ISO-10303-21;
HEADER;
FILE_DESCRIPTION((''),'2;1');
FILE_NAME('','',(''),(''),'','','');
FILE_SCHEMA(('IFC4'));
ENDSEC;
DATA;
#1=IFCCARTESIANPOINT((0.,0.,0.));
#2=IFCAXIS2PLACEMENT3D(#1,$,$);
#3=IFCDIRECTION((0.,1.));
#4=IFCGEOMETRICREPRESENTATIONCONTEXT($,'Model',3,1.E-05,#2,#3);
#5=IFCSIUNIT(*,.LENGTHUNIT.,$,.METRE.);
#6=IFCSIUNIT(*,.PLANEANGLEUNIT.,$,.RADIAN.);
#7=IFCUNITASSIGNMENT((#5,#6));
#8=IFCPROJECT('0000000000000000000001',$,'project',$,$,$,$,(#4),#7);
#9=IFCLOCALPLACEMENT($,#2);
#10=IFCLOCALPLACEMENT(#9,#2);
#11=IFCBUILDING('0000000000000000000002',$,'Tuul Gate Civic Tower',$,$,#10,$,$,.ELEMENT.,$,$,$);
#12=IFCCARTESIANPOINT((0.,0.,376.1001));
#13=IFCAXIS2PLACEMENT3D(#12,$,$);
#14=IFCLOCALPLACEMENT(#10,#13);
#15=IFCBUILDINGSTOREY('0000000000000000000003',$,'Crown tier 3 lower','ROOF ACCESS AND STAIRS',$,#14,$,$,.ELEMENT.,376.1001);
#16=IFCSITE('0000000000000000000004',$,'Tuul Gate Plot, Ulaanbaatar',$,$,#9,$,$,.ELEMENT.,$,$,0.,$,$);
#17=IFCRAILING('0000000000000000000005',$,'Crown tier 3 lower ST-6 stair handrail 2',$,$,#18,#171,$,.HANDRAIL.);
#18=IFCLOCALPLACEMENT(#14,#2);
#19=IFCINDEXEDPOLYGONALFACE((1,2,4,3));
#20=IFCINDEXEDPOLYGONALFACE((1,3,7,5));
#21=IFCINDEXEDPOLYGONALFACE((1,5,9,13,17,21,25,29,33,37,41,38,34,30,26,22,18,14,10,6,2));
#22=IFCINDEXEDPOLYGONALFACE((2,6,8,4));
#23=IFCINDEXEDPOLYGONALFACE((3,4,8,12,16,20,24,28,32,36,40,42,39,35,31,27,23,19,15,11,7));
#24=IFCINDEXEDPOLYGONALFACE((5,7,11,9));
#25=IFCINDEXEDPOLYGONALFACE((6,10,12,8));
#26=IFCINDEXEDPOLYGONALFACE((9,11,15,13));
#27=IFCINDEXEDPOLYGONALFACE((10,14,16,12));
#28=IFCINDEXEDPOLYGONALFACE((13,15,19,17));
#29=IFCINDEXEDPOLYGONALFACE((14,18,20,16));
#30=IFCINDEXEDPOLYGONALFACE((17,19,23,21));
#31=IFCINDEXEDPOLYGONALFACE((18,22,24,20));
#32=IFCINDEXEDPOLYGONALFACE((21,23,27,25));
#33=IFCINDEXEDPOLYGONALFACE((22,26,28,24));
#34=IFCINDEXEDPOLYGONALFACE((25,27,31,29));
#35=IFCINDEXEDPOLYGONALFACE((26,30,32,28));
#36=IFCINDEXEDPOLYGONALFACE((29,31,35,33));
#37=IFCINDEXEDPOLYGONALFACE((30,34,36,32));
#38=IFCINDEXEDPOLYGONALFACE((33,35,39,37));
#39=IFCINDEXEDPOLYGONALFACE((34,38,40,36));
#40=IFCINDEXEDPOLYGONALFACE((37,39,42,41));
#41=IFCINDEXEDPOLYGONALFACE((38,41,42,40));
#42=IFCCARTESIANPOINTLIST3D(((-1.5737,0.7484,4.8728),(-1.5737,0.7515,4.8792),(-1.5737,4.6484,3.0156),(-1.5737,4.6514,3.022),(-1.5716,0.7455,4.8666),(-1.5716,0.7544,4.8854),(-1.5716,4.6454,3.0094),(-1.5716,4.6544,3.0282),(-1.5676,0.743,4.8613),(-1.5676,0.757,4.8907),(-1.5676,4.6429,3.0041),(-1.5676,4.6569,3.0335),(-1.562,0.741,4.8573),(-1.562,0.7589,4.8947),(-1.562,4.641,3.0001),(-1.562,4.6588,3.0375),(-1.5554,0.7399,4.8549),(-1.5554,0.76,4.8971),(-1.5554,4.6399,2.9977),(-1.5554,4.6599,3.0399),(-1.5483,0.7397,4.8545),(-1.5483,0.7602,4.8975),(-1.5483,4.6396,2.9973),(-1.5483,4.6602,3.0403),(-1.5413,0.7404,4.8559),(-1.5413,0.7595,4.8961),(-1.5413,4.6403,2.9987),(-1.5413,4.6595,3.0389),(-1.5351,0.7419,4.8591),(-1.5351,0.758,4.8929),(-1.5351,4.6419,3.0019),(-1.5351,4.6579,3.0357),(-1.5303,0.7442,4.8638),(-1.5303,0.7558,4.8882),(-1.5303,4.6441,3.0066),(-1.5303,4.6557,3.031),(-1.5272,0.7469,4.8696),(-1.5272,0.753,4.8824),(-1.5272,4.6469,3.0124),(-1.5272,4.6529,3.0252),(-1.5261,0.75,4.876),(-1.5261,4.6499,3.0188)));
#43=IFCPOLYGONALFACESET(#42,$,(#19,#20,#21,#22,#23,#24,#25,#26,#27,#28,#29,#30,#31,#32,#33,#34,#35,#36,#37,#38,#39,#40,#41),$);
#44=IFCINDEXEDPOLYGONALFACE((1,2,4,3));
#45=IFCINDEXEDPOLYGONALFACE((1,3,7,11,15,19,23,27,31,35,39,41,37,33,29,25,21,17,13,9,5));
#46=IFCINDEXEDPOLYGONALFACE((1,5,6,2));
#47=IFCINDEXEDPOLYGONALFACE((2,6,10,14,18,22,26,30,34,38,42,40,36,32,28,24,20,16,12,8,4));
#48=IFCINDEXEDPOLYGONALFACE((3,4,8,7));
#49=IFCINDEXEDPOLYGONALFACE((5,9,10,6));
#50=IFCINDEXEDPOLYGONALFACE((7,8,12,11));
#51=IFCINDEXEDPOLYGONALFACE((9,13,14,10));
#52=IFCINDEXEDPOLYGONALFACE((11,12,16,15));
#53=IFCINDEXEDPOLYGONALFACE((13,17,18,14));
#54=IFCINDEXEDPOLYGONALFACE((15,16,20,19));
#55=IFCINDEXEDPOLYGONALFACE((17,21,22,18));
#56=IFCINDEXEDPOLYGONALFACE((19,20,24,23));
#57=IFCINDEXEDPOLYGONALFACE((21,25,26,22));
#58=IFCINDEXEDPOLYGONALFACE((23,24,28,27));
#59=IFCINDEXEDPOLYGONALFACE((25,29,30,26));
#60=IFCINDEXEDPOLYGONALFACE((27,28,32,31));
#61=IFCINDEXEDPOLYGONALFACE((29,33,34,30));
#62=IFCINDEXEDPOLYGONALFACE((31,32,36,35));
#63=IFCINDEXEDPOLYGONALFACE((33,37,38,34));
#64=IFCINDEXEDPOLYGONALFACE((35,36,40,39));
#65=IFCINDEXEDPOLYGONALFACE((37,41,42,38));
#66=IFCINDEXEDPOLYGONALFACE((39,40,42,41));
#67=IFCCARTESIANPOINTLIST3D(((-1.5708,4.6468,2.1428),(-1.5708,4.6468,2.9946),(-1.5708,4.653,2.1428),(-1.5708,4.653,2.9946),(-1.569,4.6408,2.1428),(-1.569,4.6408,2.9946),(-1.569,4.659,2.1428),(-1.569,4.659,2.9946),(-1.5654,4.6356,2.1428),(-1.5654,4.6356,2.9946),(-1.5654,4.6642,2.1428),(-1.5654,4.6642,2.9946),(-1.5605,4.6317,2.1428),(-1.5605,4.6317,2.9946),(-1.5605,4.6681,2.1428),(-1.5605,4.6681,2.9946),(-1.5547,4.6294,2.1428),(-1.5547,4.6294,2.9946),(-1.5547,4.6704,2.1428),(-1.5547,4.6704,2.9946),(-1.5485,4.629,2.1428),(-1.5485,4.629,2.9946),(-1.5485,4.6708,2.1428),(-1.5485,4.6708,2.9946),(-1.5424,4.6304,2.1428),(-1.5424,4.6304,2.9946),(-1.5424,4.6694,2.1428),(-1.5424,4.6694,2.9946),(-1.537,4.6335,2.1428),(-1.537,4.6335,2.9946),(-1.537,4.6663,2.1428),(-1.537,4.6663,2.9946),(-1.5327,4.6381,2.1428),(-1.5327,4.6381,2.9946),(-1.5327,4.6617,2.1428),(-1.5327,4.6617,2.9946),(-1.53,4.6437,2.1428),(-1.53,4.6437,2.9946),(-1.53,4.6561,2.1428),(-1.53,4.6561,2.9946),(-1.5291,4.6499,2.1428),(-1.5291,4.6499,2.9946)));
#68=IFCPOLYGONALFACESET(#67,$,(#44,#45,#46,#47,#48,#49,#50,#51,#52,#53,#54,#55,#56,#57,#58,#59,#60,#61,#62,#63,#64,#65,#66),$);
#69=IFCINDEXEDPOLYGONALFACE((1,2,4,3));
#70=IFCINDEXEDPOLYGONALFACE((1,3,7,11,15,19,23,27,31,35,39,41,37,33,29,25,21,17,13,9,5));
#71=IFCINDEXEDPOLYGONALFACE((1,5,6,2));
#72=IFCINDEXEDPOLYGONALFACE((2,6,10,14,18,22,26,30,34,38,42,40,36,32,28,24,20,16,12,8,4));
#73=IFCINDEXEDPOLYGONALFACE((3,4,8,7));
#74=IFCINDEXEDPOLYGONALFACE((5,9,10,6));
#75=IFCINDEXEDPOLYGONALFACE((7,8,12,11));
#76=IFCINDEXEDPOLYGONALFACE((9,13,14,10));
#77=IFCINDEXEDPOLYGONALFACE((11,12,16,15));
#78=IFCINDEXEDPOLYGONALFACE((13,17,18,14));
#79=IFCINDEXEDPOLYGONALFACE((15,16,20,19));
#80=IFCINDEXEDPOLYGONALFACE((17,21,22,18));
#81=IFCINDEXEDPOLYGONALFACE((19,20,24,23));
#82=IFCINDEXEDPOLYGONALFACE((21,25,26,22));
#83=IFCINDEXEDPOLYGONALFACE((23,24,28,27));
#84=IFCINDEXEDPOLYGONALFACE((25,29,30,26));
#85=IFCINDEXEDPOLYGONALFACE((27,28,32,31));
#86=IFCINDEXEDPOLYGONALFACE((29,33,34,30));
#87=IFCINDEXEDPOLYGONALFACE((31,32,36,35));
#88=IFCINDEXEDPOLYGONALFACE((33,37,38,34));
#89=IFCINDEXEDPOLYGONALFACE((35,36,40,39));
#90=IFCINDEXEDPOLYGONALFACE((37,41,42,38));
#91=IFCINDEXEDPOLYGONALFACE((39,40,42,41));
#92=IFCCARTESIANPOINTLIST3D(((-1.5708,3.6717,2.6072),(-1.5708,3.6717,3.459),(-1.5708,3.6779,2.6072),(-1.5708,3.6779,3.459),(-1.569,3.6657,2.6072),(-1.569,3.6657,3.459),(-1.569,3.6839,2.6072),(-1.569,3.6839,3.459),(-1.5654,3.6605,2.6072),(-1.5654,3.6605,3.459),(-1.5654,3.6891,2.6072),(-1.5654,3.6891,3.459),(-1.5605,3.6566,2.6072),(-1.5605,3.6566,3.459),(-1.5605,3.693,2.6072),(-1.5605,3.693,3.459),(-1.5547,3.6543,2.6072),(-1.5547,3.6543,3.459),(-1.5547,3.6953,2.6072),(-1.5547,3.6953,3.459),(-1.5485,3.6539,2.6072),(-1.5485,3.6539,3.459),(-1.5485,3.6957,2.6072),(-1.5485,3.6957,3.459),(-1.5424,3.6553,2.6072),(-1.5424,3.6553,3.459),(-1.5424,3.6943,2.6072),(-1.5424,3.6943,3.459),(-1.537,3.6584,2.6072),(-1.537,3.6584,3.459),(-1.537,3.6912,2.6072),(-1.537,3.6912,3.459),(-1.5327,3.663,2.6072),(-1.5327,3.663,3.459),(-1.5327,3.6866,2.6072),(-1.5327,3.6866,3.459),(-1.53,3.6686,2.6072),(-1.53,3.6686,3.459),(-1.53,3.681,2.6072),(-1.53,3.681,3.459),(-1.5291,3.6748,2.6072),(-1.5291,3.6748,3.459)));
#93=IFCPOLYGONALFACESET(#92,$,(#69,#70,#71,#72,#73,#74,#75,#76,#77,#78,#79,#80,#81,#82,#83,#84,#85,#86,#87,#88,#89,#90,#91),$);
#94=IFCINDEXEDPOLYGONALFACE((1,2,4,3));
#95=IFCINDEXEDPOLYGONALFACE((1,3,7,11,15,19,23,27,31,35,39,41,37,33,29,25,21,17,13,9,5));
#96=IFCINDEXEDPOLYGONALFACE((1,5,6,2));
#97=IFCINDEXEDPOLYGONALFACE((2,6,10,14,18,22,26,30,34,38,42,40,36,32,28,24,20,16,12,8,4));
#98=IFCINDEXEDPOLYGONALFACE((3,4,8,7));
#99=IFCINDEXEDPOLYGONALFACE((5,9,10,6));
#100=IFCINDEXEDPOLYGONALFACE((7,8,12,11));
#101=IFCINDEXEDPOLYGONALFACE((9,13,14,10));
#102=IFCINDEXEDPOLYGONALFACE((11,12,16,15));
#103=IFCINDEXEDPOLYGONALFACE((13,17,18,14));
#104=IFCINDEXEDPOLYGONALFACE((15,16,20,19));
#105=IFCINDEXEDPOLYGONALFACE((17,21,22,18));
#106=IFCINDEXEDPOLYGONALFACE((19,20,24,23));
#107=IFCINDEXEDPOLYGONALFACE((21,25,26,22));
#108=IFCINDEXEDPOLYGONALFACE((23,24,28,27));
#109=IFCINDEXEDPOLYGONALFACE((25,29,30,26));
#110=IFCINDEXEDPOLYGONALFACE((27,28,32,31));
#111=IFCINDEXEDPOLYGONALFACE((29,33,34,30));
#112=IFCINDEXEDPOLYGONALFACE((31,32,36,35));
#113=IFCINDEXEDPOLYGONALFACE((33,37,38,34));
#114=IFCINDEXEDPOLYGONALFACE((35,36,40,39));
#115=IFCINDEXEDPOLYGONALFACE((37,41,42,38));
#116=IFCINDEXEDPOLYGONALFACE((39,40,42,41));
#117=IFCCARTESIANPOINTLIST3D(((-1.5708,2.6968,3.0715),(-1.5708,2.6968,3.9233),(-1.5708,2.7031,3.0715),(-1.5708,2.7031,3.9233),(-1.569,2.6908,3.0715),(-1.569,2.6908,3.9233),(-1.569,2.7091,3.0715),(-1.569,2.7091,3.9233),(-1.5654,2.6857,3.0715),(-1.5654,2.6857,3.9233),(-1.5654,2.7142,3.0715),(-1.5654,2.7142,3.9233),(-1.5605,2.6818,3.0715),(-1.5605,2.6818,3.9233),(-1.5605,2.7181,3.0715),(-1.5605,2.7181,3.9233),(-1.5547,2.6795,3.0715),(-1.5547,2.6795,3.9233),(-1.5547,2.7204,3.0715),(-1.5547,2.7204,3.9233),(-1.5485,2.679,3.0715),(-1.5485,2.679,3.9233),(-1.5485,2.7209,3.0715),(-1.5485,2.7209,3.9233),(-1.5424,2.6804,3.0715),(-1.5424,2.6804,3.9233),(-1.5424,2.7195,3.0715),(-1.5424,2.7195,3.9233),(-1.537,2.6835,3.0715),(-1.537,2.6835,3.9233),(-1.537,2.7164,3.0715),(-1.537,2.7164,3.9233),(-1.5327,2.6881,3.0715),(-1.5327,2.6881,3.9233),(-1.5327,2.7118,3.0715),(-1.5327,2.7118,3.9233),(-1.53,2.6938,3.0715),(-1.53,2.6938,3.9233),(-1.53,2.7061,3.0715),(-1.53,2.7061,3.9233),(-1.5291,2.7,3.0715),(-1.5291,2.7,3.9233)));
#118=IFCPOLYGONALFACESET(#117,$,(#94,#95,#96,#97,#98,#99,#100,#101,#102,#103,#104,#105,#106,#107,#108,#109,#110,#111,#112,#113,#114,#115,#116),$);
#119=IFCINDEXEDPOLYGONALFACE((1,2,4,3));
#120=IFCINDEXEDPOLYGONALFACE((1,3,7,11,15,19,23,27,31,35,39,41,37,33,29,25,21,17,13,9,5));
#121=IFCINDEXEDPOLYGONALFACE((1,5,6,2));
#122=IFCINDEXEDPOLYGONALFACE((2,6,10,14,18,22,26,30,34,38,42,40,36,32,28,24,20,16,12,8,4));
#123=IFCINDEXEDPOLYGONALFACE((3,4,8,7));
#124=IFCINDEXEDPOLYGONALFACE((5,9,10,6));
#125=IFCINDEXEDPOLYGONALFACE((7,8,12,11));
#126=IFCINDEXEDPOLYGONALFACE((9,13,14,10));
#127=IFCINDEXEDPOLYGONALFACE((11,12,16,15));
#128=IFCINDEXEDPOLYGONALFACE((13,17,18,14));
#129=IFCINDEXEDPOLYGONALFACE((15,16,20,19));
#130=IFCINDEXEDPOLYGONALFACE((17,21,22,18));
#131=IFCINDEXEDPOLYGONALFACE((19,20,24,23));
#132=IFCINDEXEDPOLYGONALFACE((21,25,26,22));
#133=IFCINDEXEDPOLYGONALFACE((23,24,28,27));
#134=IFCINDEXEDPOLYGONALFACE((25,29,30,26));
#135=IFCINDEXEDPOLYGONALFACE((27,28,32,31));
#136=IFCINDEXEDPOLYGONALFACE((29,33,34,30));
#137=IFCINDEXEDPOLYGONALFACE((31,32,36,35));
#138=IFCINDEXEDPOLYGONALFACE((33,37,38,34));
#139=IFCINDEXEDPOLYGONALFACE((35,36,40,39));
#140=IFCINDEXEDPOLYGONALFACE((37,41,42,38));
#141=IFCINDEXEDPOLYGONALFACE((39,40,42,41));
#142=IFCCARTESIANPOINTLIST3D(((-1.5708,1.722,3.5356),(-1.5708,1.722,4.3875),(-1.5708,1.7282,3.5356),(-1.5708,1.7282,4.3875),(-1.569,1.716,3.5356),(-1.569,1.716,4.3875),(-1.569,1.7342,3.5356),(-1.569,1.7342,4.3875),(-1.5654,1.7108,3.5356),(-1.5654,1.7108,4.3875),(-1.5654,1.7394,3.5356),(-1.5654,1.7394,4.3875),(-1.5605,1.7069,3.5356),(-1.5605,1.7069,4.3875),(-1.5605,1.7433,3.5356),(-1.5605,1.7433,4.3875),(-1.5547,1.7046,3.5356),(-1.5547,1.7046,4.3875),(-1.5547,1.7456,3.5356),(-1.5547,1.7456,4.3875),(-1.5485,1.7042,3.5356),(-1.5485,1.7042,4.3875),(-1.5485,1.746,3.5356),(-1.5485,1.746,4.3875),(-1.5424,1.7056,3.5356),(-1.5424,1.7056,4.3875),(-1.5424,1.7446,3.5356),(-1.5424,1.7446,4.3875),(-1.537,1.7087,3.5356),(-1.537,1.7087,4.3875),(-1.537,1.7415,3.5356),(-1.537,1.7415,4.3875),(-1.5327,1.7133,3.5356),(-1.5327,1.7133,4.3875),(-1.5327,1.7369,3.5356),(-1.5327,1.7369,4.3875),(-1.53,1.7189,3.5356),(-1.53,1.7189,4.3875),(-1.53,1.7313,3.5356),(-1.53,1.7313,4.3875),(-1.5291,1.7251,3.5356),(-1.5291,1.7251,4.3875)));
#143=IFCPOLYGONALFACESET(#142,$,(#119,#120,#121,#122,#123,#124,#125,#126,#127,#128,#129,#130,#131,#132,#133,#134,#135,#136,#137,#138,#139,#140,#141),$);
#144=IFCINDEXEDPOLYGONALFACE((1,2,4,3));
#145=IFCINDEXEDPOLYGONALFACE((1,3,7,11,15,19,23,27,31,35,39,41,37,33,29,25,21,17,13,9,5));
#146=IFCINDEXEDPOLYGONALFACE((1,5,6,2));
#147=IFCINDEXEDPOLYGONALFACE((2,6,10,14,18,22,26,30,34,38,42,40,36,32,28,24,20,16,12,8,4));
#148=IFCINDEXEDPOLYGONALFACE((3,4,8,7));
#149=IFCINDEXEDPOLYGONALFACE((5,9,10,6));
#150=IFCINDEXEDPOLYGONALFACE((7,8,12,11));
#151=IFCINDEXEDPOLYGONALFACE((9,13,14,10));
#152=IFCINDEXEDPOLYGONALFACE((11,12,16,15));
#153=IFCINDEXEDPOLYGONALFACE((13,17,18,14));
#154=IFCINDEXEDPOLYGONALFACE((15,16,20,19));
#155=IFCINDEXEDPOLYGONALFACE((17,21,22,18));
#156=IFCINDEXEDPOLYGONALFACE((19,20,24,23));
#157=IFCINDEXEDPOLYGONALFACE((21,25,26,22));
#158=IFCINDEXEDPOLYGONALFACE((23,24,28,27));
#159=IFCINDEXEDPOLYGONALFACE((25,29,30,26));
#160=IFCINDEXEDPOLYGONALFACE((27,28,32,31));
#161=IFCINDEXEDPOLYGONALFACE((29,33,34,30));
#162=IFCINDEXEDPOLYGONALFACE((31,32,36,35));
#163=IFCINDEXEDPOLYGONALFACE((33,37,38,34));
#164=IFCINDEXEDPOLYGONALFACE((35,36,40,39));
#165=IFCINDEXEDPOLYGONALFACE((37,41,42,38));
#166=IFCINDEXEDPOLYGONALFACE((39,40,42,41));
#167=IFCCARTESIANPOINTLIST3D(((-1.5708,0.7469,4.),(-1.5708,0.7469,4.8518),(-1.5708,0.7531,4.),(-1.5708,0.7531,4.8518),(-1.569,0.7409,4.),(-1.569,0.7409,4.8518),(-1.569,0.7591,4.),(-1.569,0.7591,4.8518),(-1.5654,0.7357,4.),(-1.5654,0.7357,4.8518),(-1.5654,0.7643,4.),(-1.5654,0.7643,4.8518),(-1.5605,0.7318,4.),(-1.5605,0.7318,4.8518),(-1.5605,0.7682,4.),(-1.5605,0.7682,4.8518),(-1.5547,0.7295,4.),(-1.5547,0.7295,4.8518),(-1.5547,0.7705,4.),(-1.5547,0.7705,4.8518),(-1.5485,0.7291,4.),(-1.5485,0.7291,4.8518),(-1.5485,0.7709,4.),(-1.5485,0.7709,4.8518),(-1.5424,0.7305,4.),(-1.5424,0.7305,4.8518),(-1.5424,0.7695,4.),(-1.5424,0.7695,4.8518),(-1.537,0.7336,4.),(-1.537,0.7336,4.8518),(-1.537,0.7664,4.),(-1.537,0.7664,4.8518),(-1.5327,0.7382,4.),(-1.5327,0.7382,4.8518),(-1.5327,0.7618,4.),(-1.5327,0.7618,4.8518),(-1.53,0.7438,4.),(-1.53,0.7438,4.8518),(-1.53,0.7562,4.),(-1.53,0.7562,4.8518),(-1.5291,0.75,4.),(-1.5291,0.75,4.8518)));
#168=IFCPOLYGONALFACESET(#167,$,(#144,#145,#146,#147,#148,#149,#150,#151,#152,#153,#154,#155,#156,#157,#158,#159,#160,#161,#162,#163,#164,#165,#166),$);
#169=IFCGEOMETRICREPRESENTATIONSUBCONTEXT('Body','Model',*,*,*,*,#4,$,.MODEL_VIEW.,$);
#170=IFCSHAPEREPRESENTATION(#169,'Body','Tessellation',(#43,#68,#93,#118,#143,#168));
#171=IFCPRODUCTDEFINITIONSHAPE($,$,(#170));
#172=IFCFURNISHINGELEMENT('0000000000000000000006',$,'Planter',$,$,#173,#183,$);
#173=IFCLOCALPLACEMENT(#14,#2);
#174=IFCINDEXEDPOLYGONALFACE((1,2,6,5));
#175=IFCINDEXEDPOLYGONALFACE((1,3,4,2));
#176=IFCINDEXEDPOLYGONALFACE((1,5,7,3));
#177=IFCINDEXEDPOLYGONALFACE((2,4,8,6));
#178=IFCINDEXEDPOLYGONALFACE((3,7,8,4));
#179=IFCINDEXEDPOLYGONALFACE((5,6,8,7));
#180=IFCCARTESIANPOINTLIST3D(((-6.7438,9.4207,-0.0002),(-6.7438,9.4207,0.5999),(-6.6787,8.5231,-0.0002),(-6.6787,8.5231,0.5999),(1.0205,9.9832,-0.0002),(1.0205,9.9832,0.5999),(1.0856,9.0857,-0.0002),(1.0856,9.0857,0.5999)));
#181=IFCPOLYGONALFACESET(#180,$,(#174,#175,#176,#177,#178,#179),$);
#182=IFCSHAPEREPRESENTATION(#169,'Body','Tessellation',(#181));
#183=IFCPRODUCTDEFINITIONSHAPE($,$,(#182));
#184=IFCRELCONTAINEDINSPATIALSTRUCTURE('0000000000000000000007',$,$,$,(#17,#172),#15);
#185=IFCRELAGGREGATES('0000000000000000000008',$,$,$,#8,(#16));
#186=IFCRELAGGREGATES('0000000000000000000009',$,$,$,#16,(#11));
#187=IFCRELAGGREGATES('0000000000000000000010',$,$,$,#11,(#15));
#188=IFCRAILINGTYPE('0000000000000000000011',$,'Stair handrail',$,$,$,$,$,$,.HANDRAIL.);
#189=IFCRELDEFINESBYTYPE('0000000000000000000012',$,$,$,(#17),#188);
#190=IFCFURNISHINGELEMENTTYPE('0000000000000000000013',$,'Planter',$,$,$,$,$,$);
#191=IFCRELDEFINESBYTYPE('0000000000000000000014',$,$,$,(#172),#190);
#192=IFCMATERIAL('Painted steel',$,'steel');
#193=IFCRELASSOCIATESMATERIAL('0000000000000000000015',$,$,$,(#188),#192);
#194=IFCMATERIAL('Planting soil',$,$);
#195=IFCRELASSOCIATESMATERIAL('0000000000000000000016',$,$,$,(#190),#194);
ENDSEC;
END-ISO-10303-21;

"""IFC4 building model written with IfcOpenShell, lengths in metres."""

from ifc_helpers import new_model, si_unit, direction, frame, origin, origin_2d, place, context, subcontext, project, spatial, rectangle, circle, extrude, material, type_object, element, save


model = new_model("IFC4")

# Units and contexts
model_context = context("Model", 3, precision=1e-05, world=origin(), true_north=direction((0.0, 1.0)))
body_context = subcontext(model_context, "Body", "Model", "MODEL_VIEW")
ifc_project = project(units=[si_unit("LENGTHUNIT", "METRE"), si_unit("PLANEANGLEUNIT", "RADIAN")], contexts=[model_context])

# Site, building, storey
site_placement = place(None, origin())
site = spatial("IfcSite", under=ifc_project, at=site_placement, Name="Tuul Gate Plot, Ulaanbaatar", CompositionType="ELEMENT", RefElevation=0.0)
building_placement = place(site_placement, origin())
building = spatial("IfcBuilding", under=site, at=building_placement, Name="Tuul Gate Civic Tower", CompositionType="ELEMENT")
storey_placement = place(building_placement, frame((0.0, 0.0, 376.1001)))
storey = spatial("IfcBuildingStorey", under=building, at=storey_placement, Name="Crown tier 3 lower", Description="ROOF ACCESS AND STAIRS", CompositionType="ELEMENT", Elevation=376.1001)

# Railing
ifc_material_1 = material(Name="Painted steel", Category="steel")
railing_type_1 = type_object("IfcRailingType", Name="Stair handrail", PredefinedType="HANDRAIL", material=ifc_material_1)
railing_1_placement = place(storey_placement, frame((-1.55, 4.6499, 2.1428)))
element("IfcRailing", 1, at=railing_1_placement, inside=storey, type_object=railing_type_1, Name="Crown tier 3 lower ST-6 stair handrail 2", PredefinedType="HANDRAIL", context=body_context, shape_type="SweptSolid", body=[
    extrude(circle(Radius=0.0239, at=origin_2d()), frame((0.0, 0.0, 0.876), z_axis=(0.0, -0.902853, 0.429949), x_axis=(1.0, 0.0, 0.0)), (0.0, 0.0, 1.0), 4.3196),
    extrude(circle(Radius=0.021, at=origin_2d()), origin(), (0.0, 0.0, 1.0), 0.8518),
    extrude(circle(Radius=0.021, at=origin_2d()), frame((0.0, -0.9751, 0.4644)), (0.0, 0.0, 1.0), 0.8518),
    extrude(circle(Radius=0.021, at=origin_2d()), frame((0.0, -1.95, 0.9287)), (0.0, 0.0, 1.0), 0.8518),
    extrude(circle(Radius=0.021, at=origin_2d()), frame((0.0, -2.9248, 1.3928)), (0.0, 0.0, 1.0), 0.8518),
    extrude(circle(Radius=0.021, at=origin_2d()), frame((0.0, -3.8999, 1.8572)), (0.0, 0.0, 1.0), 0.8518),
])

# Furnishing element
ifc_material_2 = material(Name="Planting soil")
furnishing_element_type = type_object("IfcFurnishingElementType", Name="Planter", material=ifc_material_2)
furnishing_placement = place(storey_placement, frame((-2.8291, 9.2532, -0.0002), z_axis=(0.0, 0.0, 1.0), x_axis=(-0.997385, -0.072266, 0.0)))
element("IfcFurnishingElement", 2, at=furnishing_placement, inside=storey, type_object=furnishing_element_type, Name="Planter", context=body_context, shape_type="SweptSolid", body=[
    extrude(rectangle(XDim=7.7847, YDim=0.8999, at=origin_2d()), origin(), (0.0, 0.0, 1.0), 0.6001),
])

save(model, "model.ifc")
